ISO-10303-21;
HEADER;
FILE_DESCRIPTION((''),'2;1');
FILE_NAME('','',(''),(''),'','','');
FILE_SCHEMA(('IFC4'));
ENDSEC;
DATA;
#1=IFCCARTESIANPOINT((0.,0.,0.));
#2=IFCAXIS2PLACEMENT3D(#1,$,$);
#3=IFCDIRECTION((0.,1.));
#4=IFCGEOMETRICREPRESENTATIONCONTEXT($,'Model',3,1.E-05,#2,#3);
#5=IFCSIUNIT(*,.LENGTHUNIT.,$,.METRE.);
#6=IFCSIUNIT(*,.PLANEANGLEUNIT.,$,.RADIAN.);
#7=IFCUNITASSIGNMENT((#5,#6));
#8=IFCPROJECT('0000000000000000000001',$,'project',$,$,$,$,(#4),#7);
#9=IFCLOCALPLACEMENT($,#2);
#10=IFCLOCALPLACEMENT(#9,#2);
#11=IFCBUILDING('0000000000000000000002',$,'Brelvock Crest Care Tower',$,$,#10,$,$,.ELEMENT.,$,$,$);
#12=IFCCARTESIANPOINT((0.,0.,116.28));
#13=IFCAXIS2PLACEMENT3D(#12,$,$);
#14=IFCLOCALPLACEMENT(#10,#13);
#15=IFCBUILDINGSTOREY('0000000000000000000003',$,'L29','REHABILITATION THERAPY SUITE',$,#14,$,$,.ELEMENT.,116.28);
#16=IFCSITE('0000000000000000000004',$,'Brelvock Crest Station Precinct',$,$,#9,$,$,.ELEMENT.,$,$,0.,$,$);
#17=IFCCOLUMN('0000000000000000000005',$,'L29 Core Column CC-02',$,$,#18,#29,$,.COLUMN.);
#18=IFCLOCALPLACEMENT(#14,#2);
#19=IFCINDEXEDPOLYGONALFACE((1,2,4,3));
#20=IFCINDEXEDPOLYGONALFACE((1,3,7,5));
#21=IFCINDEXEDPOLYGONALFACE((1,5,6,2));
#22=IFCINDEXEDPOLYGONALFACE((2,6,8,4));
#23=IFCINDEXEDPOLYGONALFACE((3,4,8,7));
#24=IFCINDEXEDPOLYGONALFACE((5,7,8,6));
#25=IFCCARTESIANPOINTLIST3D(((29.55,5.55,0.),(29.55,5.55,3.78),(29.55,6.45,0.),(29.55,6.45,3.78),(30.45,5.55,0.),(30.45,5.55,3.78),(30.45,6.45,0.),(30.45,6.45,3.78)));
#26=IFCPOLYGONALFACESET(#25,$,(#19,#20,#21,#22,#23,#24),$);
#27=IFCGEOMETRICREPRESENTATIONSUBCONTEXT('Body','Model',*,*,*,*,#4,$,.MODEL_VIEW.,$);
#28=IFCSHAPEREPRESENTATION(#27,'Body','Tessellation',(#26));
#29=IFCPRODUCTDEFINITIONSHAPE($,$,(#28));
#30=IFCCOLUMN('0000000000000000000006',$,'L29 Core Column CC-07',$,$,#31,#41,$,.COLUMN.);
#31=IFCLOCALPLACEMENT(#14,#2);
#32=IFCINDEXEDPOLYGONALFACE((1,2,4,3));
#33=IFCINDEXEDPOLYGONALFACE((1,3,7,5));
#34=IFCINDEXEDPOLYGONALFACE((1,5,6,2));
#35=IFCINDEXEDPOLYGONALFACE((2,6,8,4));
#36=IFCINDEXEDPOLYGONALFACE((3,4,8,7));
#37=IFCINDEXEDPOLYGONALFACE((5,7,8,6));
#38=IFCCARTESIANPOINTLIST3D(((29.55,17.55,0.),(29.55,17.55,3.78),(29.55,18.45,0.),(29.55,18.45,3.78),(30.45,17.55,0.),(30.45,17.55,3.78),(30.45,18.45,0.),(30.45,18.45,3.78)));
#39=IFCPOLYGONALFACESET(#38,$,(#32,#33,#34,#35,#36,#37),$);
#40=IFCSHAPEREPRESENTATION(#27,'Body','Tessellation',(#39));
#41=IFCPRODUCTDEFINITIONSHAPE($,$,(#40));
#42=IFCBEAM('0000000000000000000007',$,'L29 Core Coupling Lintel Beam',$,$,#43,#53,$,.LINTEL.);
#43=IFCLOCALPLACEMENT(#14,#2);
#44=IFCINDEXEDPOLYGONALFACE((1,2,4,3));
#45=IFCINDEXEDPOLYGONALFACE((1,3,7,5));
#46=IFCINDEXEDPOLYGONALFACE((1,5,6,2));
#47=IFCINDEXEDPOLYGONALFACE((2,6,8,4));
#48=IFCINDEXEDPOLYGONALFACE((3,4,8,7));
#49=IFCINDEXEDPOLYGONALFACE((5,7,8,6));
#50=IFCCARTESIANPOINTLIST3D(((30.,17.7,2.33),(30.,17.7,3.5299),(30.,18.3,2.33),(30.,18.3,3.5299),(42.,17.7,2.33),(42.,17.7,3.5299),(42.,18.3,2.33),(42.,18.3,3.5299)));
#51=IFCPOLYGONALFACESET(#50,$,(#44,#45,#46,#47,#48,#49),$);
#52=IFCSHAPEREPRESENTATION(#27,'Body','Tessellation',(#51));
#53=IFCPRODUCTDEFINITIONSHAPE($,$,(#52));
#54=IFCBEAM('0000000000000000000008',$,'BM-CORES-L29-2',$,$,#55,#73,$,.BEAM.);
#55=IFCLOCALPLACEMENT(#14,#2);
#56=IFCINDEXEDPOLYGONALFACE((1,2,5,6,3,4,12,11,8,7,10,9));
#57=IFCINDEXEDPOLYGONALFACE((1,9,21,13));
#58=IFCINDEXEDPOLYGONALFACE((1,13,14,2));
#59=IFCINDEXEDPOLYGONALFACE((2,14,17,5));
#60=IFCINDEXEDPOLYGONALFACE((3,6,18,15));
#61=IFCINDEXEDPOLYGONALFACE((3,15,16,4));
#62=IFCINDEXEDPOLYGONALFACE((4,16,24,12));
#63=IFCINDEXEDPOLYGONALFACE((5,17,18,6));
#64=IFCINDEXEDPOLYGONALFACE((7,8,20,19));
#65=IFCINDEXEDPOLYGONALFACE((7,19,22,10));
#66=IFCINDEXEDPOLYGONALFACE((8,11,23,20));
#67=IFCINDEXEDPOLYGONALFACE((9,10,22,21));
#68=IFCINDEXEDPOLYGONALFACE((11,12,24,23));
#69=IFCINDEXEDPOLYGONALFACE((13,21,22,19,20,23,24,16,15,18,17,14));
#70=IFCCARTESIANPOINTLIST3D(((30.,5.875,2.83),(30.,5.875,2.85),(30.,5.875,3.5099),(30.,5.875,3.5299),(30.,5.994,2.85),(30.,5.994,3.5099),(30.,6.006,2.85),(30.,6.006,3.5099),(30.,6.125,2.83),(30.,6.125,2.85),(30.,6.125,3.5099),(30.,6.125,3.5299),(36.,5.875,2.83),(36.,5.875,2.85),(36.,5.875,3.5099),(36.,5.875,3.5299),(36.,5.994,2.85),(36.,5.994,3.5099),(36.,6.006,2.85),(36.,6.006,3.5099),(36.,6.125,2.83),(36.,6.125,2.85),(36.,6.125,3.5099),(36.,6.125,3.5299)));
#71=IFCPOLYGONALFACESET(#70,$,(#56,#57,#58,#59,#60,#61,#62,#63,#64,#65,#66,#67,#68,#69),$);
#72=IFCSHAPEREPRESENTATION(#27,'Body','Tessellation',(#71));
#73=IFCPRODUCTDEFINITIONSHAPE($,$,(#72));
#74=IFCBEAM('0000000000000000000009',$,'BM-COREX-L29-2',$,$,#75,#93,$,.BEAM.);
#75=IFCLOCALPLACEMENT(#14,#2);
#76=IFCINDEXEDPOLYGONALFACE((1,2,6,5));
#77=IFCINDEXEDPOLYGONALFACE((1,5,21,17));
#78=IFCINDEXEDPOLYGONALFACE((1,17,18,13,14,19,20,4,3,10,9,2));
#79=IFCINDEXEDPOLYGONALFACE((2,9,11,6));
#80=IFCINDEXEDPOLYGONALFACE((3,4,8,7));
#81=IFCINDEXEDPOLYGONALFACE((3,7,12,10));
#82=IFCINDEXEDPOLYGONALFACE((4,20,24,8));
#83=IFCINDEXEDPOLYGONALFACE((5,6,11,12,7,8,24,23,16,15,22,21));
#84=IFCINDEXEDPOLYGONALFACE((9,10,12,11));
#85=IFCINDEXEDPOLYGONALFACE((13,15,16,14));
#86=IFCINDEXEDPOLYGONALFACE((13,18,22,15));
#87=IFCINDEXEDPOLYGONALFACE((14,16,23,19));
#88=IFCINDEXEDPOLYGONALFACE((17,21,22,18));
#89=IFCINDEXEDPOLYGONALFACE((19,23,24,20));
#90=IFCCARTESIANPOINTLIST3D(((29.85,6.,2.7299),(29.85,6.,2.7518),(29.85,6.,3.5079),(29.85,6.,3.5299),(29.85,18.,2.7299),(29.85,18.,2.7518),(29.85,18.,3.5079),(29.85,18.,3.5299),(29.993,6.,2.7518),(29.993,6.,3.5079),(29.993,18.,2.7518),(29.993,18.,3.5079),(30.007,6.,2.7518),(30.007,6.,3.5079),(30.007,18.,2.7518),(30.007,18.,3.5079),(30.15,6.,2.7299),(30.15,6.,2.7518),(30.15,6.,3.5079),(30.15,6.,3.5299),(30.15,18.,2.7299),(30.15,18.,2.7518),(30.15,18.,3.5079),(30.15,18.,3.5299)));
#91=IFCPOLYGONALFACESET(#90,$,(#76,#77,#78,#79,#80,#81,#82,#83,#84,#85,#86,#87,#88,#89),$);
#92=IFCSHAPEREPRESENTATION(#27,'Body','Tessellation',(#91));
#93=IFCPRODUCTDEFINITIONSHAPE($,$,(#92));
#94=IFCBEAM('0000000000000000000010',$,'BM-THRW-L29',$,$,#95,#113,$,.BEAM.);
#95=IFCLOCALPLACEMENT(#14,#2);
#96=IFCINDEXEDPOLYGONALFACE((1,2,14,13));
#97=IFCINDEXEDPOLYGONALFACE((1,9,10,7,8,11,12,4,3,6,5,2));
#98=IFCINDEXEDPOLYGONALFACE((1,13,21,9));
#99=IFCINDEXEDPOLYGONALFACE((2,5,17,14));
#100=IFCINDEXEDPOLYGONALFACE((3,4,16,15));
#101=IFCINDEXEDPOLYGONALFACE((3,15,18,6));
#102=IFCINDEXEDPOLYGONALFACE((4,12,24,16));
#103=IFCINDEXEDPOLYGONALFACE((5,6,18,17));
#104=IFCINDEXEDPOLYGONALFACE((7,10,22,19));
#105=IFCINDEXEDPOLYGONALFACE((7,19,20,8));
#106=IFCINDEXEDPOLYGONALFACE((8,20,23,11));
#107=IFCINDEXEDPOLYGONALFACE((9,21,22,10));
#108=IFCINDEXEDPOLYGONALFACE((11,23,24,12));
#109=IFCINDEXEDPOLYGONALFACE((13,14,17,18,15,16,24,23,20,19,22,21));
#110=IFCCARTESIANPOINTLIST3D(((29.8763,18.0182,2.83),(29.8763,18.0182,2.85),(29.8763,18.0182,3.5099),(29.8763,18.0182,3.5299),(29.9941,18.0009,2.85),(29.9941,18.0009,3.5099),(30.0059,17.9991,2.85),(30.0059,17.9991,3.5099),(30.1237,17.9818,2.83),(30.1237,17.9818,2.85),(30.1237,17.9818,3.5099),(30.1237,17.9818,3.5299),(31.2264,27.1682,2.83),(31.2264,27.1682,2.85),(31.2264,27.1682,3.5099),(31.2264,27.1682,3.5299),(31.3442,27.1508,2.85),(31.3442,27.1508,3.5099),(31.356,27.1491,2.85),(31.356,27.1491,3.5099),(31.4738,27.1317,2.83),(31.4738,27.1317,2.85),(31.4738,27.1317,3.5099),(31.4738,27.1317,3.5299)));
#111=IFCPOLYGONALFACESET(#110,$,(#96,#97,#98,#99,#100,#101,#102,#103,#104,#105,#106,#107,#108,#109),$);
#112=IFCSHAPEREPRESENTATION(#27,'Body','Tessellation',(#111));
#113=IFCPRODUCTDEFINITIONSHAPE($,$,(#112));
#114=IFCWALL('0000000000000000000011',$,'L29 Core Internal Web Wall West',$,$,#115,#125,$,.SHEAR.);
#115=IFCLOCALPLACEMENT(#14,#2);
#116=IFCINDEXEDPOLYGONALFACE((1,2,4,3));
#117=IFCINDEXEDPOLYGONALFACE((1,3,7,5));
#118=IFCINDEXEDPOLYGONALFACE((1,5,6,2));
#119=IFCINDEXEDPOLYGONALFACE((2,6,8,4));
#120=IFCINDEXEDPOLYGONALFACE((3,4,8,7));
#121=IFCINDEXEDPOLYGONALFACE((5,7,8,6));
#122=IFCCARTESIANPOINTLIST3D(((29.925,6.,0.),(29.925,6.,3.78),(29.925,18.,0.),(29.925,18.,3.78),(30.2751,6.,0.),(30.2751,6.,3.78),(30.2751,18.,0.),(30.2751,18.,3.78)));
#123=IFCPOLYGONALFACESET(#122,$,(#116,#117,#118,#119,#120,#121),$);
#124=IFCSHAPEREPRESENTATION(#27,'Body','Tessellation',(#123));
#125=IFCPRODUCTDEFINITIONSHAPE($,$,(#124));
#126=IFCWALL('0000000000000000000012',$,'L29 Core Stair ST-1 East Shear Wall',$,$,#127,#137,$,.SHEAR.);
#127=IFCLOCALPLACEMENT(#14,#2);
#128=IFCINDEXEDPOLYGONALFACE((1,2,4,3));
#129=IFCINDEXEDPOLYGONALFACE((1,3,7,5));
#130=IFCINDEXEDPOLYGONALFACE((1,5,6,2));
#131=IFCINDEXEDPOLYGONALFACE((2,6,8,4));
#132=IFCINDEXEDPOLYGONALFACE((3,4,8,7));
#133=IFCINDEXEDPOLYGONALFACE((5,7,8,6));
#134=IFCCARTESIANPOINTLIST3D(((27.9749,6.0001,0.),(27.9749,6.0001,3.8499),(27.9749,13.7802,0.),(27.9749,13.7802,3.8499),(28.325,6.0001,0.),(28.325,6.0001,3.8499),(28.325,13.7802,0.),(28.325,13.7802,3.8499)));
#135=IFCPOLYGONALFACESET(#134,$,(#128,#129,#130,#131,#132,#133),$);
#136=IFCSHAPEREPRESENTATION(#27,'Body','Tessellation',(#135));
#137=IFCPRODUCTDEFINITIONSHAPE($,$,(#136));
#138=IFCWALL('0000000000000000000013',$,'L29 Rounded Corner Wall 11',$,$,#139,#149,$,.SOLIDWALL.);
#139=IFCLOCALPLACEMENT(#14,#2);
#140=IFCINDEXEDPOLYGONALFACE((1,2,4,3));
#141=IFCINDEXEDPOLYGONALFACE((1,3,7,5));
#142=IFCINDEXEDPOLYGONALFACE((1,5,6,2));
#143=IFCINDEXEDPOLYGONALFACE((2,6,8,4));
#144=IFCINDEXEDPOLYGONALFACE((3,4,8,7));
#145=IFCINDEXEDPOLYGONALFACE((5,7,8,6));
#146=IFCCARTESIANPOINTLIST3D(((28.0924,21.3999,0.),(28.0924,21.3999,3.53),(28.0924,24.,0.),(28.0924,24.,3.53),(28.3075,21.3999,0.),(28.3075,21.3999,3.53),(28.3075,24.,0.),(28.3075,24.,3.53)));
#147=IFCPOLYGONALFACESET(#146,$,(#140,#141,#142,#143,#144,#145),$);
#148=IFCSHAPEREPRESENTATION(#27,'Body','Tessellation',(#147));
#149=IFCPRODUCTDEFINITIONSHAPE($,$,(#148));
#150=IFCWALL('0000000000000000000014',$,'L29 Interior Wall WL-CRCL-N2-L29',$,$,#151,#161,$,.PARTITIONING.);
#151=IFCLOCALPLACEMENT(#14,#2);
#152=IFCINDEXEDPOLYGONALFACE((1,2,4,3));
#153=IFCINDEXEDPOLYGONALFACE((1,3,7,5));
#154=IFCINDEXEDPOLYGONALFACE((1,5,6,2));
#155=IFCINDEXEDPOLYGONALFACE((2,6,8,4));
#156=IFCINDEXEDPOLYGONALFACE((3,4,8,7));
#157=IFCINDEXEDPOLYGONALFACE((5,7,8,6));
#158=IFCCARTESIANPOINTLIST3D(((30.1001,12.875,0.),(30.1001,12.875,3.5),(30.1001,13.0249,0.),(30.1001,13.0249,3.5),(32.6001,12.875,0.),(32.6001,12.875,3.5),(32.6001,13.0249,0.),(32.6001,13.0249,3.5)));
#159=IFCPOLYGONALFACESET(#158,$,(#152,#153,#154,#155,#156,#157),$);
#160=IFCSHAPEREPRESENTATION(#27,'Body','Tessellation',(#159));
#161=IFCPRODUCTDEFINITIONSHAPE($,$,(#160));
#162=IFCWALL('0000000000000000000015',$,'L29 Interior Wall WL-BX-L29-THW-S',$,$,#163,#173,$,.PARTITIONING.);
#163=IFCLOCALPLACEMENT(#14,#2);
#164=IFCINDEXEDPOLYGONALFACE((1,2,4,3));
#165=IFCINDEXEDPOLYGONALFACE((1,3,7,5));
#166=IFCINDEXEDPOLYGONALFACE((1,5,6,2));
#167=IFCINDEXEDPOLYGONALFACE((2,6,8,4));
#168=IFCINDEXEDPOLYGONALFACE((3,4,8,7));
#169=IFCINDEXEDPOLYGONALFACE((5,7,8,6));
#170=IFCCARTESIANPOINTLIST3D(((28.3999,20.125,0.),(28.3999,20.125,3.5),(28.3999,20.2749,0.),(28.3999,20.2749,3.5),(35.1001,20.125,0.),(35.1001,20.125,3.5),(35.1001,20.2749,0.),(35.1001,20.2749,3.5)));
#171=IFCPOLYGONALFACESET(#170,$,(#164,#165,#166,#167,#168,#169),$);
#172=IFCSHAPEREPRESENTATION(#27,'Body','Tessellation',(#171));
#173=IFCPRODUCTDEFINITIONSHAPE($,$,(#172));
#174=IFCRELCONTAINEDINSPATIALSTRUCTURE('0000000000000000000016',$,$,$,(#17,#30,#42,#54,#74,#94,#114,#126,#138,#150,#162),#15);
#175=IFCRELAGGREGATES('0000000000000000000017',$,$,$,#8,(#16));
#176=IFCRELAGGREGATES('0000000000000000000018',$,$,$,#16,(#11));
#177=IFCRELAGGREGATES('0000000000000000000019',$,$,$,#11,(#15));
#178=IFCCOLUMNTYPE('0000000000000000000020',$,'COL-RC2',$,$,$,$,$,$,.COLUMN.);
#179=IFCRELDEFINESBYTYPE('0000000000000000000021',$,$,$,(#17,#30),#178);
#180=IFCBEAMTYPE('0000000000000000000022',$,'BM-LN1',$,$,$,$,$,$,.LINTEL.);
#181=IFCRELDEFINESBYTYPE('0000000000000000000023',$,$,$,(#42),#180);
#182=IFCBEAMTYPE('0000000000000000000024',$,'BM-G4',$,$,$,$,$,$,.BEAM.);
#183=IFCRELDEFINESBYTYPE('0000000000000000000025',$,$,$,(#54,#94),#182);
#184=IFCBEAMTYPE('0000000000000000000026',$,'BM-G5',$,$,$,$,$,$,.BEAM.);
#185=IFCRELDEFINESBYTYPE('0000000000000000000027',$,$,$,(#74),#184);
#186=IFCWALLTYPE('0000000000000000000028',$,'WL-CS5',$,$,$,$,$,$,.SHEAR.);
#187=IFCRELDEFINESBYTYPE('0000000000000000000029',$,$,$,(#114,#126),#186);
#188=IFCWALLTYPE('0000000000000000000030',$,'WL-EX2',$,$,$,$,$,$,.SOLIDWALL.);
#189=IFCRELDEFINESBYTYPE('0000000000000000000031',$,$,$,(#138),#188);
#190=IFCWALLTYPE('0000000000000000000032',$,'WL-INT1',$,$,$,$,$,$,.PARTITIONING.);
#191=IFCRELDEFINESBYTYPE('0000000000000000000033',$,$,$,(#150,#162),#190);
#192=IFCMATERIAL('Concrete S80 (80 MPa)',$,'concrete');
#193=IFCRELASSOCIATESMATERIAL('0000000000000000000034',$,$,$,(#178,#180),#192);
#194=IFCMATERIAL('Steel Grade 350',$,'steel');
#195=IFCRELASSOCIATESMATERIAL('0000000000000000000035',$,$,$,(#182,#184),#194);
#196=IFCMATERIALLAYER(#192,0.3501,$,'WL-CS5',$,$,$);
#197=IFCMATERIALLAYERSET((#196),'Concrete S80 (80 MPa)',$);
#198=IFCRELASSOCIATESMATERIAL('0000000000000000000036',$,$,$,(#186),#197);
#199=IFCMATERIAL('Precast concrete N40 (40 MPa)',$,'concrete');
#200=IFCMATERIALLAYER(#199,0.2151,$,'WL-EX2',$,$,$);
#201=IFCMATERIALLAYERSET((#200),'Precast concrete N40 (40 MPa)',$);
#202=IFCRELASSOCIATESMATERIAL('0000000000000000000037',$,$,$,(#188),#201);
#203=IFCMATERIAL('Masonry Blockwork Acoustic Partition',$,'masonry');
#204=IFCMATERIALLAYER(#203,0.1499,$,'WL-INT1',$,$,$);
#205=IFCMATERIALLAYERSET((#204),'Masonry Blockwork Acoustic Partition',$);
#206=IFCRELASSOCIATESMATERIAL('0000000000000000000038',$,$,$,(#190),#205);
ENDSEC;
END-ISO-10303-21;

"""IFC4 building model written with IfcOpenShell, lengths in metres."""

from ifc_helpers import new_model, si_unit, direction, frame, frame_2d, origin, origin_2d, place, context, subcontext, project, spatial, rectangle, i_section, extrude, source, transform, mapped, material, layer, layer_set, material_profile, profile_set, type_object, element, save


model = new_model("IFC4")

# Units and contexts
model_context = context("Model", 3, precision=1e-05, world=origin(), true_north=direction((0.0, 1.0)))
body_context = subcontext(model_context, "Body", "Model", "MODEL_VIEW")
ifc_project = project(units=[si_unit("LENGTHUNIT", "METRE"), si_unit("PLANEANGLEUNIT", "RADIAN")], contexts=[model_context])

# Site, building, storey
site_placement = place(None, origin())
site = spatial("IfcSite", under=ifc_project, at=site_placement, Name="Brelvock Crest Station Precinct", CompositionType="ELEMENT", RefElevation=0.0)
building_placement = place(site_placement, origin())
building = spatial("IfcBuilding", under=site, at=building_placement, Name="Brelvock Crest Care Tower", CompositionType="ELEMENT")
storey_placement = place(building_placement, frame((0.0, 0.0, 116.28)))
storey = spatial("IfcBuildingStorey", under=building, at=storey_placement, Name="L29", Description="REHABILITATION THERAPY SUITE", CompositionType="ELEMENT", Elevation=116.28)

# Columns
ifc_material_1 = material(Name="Concrete S80 (80 MPa)", Category="concrete")
ifc_material_profile_1 = material_profile(ifc_material_1, rectangle(XDim=0.8999, YDim=0.8999, at=origin_2d()), Name="RC900x900")
ifc_profile_set_1 = profile_set([ifc_material_profile_1], Name="Concrete S80 (80 MPa)")
column_type = type_object("IfcColumnType", Name="COL-RC2", PredefinedType="COLUMN", material=ifc_profile_set_1)
shared_shape_1 = source(origin(), body_context, "Body", "SweptSolid", [
    extrude(rectangle(XDim=0.8999, YDim=0.8999, at=origin_2d()), origin(), (0.0, 0.0, 1.0), 3.78),
])
for number, where, z_axis, x_axis, name in (
    (1, (30.0, 6.0, 0.0), (0.0, 0.0, 1.0), (1.0, 0.0, 0.0), "L29 Core Column CC-02"),
    (2, (30.0, 18.0, 0.0), (0.0, 0.0, 1.0), (1.0, 0.0, 0.0), "L29 Core Column CC-07"),
):
    element("IfcColumn", number, at=place(storey_placement, frame(where, z_axis=z_axis, x_axis=x_axis)), inside=storey, type_object=column_type, Name=name, PredefinedType="COLUMN", context=body_context, shape_type="MappedRepresentation", body=[
        mapped(shared_shape_1, transform((0.0, 0.0, 0.0), x_axis=(1.0, 0.0, 0.0), y_axis=(0.0, 1.0, 0.0), z_axis=(0.0, 0.0, 1.0), scale=1.0)),
    ])

# Beams
ifc_material_profile_2 = material_profile(ifc_material_1, rectangle(XDim=0.6001, YDim=1.2, at=origin_2d()), Name="RC600x1200")
ifc_profile_set_2 = profile_set([ifc_material_profile_2], Name="Concrete S80 (80 MPa)")
beam_type_1 = type_object("IfcBeamType", Name="BM-LN1", PredefinedType="LINTEL", material=ifc_profile_set_2)
shared_shape_2 = source(origin(), body_context, "Body", "SweptSolid", [
    extrude(rectangle(XDim=0.6001, YDim=1.2, at=origin_2d()), origin(), (0.0, 0.0, 1.0), 12.0),
])
beam_1_placement = place(storey_placement, frame((30.0, 18.0, 2.9299), z_axis=(1.0, 0.0, 0.0), x_axis=(0.0, 1.0, 0.0)))
element("IfcBeam", 3, at=beam_1_placement, inside=storey, type_object=beam_type_1, Name="L29 Core Coupling Lintel Beam", PredefinedType="LINTEL", context=body_context, shape_type="MappedRepresentation", body=[
    mapped(shared_shape_2, transform((0.0, 0.0, 0.0), x_axis=(1.0, 0.0, 0.0), y_axis=(0.0, 1.0, 0.0), z_axis=(0.0, 0.0, 1.0), scale=1.0)),
])
ifc_material_2 = material(Name="Steel Grade 350", Category="steel")
ifc_material_profile_3 = material_profile(ifc_material_2, i_section(OverallWidth=0.25, OverallDepth=0.7, WebThickness=0.012, FlangeThickness=0.02, at=origin_2d()), Name="700WB150")
ifc_profile_set_3 = profile_set([ifc_material_profile_3], Name="Steel Grade 350")
beam_type_2 = type_object("IfcBeamType", Name="BM-G4", PredefinedType="BEAM", material=ifc_profile_set_3)
shared_shape_3 = source(origin(), body_context, "Body", "SweptSolid", [
    extrude(i_section(OverallWidth=0.25, OverallDepth=0.7, WebThickness=0.012, FlangeThickness=0.02, at=origin_2d()), origin(), (0.0, 0.0, 1.0), 6.0),
])
beam_2_placement = place(storey_placement, frame((30.0, 6.0, 3.1799), z_axis=(1.0, 0.0, 0.0), x_axis=(0.0, 1.0, 0.0)))
element("IfcBeam", 4, at=beam_2_placement, inside=storey, type_object=beam_type_2, Name="BM-CORES-L29-2", PredefinedType="BEAM", context=body_context, shape_type="MappedRepresentation", body=[
    mapped(shared_shape_3, transform((0.0, 0.0, 0.0), x_axis=(1.0, 0.0, 0.0), y_axis=(0.0, 1.0, 0.0), z_axis=(0.0, 0.0, 1.0), scale=1.0)),
])
ifc_material_profile_4 = material_profile(ifc_material_2, i_section(OverallWidth=0.3, OverallDepth=0.8, WebThickness=0.0139, FlangeThickness=0.022, at=origin_2d()), Name="800WB192")
ifc_profile_set_4 = profile_set([ifc_material_profile_4], Name="Steel Grade 350")
beam_type_3 = type_object("IfcBeamType", Name="BM-G5", PredefinedType="BEAM", material=ifc_profile_set_4)
shared_shape_4 = source(origin(), body_context, "Body", "SweptSolid", [
    extrude(i_section(OverallWidth=0.3, OverallDepth=0.8, WebThickness=0.0139, FlangeThickness=0.022, at=origin_2d()), origin(), (0.0, 0.0, 1.0), 12.0),
])
beam_3_placement = place(storey_placement, frame((30.0, 6.0, 3.1299), z_axis=(0.0, 1.0, 0.0), x_axis=(-1.0, 0.0, 0.0)))
element("IfcBeam", 5, at=beam_3_placement, inside=storey, type_object=beam_type_3, Name="BM-COREX-L29-2", PredefinedType="BEAM", context=body_context, shape_type="MappedRepresentation", body=[
    mapped(shared_shape_4, transform((0.0, 0.0, 0.0), x_axis=(1.0, 0.0, 0.0), y_axis=(0.0, 1.0, 0.0), z_axis=(0.0, 0.0, 1.0), scale=1.0)),
])
shared_shape_5 = source(origin(), body_context, "Body", "SweptSolid", [
    extrude(i_section(OverallWidth=0.25, OverallDepth=0.7, WebThickness=0.012, FlangeThickness=0.02, at=origin_2d()), origin(), (0.0, 0.0, 1.0), 9.249),
])
beam_4_placement = place(storey_placement, frame((30.0, 18.0, 3.1799), z_axis=(0.145973, 0.989289, 0.0), x_axis=(-0.989289, 0.145973, 0.0)))
element("IfcBeam", 6, at=beam_4_placement, inside=storey, type_object=beam_type_2, Name="BM-THRW-L29", PredefinedType="BEAM", context=body_context, shape_type="MappedRepresentation", body=[
    mapped(shared_shape_5, transform((0.0, 0.0, 0.0), x_axis=(1.0, 0.0, 0.0), y_axis=(0.0, 1.0, 0.0), z_axis=(0.0, 0.0, 1.0), scale=1.0)),
])

# Walls
ifc_layer_1 = layer(ifc_material_1, 0.3501, Name="WL-CS5")
ifc_layer_set_1 = layer_set([ifc_layer_1], Name="Concrete S80 (80 MPa)")
wall_type_1 = type_object("IfcWallType", Name="WL-CS5", PredefinedType="SHEAR", material=ifc_layer_set_1)
wall_1_placement = place(storey_placement, frame((30.1001, 6.0, 0.0), z_axis=(0.0, 0.0, 1.0), x_axis=(0.0, 1.0, 0.0)))
element("IfcWall", 7, at=wall_1_placement, inside=storey, type_object=wall_type_1, Name="L29 Core Internal Web Wall West", PredefinedType="SHEAR", context=body_context, shape_type="SweptSolid", body=[
    extrude(rectangle(XDim=12.0, YDim=0.3501, at=frame_2d((6.0, 0.0))), origin(), (0.0, 0.0, 1.0), 3.78),
])
wall_2_placement = place(storey_placement, frame((28.1499, 6.0, 0.0), z_axis=(0.0, 0.0, 1.0), x_axis=(0.0, 1.0, 0.0)))
element("IfcWall", 8, at=wall_2_placement, inside=storey, type_object=wall_type_1, Name="L29 Core Stair ST-1 East Shear Wall", PredefinedType="SHEAR", context=body_context, shape_type="SweptSolid", body=[
    extrude(rectangle(XDim=7.78, YDim=0.3501, at=frame_2d((3.8901, 0.0))), origin(), (0.0, 0.0, 1.0), 3.8499),
])
ifc_material_3 = material(Name="Precast concrete N40 (40 MPa)", Category="concrete")
ifc_layer_2 = layer(ifc_material_3, 0.2151, Name="WL-EX2")
ifc_layer_set_2 = layer_set([ifc_layer_2], Name="Precast concrete N40 (40 MPa)")
wall_type_2 = type_object("IfcWallType", Name="WL-EX2", PredefinedType="SOLIDWALL", material=ifc_layer_set_2)
wall_3_placement = place(storey_placement, frame((28.2, 21.3999, 0.0), z_axis=(0.0, 0.0, 1.0), x_axis=(0.0, 1.0, 0.0)))
element("IfcWall", 9, at=wall_3_placement, inside=storey, type_object=wall_type_2, Name="L29 Rounded Corner Wall 11", PredefinedType="SOLIDWALL", context=body_context, shape_type="SweptSolid", body=[
    extrude(rectangle(XDim=2.6001, YDim=0.2151, at=frame_2d((1.3, 0.0))), origin(), (0.0, 0.0, 1.0), 3.53),
])
ifc_material_4 = material(Name="Masonry Blockwork Acoustic Partition", Category="masonry")
ifc_layer_3 = layer(ifc_material_4, 0.1499, Name="WL-INT1")
ifc_layer_set_3 = layer_set([ifc_layer_3], Name="Masonry Blockwork Acoustic Partition")
wall_type_3 = type_object("IfcWallType", Name="WL-INT1", PredefinedType="PARTITIONING", material=ifc_layer_set_3)
wall_4_placement = place(storey_placement, frame((30.1001, 12.95, 0.0), z_axis=(0.0, 0.0, 1.0), x_axis=(1.0, 0.0, 0.0)))
element("IfcWall", 10, at=wall_4_placement, inside=storey, type_object=wall_type_3, Name="L29 Interior Wall WL-CRCL-N2-L29", PredefinedType="PARTITIONING", context=body_context, shape_type="SweptSolid", body=[
    extrude(rectangle(XDim=2.5, YDim=0.1499, at=frame_2d((1.25, 0.0))), origin(), (0.0, 0.0, 1.0), 3.5),
])
wall_5_placement = place(storey_placement, frame((28.3999, 20.2, 0.0), z_axis=(0.0, 0.0, 1.0), x_axis=(1.0, 0.0, 0.0)))
element("IfcWall", 11, at=wall_5_placement, inside=storey, type_object=wall_type_3, Name="L29 Interior Wall WL-BX-L29-THW-S", PredefinedType="PARTITIONING", context=body_context, shape_type="SweptSolid", body=[
    extrude(rectangle(XDim=6.7002, YDim=0.1499, at=frame_2d((3.3501, 0.0))), origin(), (0.0, 0.0, 1.0), 3.5),
])

save(model, "model.ifc")
